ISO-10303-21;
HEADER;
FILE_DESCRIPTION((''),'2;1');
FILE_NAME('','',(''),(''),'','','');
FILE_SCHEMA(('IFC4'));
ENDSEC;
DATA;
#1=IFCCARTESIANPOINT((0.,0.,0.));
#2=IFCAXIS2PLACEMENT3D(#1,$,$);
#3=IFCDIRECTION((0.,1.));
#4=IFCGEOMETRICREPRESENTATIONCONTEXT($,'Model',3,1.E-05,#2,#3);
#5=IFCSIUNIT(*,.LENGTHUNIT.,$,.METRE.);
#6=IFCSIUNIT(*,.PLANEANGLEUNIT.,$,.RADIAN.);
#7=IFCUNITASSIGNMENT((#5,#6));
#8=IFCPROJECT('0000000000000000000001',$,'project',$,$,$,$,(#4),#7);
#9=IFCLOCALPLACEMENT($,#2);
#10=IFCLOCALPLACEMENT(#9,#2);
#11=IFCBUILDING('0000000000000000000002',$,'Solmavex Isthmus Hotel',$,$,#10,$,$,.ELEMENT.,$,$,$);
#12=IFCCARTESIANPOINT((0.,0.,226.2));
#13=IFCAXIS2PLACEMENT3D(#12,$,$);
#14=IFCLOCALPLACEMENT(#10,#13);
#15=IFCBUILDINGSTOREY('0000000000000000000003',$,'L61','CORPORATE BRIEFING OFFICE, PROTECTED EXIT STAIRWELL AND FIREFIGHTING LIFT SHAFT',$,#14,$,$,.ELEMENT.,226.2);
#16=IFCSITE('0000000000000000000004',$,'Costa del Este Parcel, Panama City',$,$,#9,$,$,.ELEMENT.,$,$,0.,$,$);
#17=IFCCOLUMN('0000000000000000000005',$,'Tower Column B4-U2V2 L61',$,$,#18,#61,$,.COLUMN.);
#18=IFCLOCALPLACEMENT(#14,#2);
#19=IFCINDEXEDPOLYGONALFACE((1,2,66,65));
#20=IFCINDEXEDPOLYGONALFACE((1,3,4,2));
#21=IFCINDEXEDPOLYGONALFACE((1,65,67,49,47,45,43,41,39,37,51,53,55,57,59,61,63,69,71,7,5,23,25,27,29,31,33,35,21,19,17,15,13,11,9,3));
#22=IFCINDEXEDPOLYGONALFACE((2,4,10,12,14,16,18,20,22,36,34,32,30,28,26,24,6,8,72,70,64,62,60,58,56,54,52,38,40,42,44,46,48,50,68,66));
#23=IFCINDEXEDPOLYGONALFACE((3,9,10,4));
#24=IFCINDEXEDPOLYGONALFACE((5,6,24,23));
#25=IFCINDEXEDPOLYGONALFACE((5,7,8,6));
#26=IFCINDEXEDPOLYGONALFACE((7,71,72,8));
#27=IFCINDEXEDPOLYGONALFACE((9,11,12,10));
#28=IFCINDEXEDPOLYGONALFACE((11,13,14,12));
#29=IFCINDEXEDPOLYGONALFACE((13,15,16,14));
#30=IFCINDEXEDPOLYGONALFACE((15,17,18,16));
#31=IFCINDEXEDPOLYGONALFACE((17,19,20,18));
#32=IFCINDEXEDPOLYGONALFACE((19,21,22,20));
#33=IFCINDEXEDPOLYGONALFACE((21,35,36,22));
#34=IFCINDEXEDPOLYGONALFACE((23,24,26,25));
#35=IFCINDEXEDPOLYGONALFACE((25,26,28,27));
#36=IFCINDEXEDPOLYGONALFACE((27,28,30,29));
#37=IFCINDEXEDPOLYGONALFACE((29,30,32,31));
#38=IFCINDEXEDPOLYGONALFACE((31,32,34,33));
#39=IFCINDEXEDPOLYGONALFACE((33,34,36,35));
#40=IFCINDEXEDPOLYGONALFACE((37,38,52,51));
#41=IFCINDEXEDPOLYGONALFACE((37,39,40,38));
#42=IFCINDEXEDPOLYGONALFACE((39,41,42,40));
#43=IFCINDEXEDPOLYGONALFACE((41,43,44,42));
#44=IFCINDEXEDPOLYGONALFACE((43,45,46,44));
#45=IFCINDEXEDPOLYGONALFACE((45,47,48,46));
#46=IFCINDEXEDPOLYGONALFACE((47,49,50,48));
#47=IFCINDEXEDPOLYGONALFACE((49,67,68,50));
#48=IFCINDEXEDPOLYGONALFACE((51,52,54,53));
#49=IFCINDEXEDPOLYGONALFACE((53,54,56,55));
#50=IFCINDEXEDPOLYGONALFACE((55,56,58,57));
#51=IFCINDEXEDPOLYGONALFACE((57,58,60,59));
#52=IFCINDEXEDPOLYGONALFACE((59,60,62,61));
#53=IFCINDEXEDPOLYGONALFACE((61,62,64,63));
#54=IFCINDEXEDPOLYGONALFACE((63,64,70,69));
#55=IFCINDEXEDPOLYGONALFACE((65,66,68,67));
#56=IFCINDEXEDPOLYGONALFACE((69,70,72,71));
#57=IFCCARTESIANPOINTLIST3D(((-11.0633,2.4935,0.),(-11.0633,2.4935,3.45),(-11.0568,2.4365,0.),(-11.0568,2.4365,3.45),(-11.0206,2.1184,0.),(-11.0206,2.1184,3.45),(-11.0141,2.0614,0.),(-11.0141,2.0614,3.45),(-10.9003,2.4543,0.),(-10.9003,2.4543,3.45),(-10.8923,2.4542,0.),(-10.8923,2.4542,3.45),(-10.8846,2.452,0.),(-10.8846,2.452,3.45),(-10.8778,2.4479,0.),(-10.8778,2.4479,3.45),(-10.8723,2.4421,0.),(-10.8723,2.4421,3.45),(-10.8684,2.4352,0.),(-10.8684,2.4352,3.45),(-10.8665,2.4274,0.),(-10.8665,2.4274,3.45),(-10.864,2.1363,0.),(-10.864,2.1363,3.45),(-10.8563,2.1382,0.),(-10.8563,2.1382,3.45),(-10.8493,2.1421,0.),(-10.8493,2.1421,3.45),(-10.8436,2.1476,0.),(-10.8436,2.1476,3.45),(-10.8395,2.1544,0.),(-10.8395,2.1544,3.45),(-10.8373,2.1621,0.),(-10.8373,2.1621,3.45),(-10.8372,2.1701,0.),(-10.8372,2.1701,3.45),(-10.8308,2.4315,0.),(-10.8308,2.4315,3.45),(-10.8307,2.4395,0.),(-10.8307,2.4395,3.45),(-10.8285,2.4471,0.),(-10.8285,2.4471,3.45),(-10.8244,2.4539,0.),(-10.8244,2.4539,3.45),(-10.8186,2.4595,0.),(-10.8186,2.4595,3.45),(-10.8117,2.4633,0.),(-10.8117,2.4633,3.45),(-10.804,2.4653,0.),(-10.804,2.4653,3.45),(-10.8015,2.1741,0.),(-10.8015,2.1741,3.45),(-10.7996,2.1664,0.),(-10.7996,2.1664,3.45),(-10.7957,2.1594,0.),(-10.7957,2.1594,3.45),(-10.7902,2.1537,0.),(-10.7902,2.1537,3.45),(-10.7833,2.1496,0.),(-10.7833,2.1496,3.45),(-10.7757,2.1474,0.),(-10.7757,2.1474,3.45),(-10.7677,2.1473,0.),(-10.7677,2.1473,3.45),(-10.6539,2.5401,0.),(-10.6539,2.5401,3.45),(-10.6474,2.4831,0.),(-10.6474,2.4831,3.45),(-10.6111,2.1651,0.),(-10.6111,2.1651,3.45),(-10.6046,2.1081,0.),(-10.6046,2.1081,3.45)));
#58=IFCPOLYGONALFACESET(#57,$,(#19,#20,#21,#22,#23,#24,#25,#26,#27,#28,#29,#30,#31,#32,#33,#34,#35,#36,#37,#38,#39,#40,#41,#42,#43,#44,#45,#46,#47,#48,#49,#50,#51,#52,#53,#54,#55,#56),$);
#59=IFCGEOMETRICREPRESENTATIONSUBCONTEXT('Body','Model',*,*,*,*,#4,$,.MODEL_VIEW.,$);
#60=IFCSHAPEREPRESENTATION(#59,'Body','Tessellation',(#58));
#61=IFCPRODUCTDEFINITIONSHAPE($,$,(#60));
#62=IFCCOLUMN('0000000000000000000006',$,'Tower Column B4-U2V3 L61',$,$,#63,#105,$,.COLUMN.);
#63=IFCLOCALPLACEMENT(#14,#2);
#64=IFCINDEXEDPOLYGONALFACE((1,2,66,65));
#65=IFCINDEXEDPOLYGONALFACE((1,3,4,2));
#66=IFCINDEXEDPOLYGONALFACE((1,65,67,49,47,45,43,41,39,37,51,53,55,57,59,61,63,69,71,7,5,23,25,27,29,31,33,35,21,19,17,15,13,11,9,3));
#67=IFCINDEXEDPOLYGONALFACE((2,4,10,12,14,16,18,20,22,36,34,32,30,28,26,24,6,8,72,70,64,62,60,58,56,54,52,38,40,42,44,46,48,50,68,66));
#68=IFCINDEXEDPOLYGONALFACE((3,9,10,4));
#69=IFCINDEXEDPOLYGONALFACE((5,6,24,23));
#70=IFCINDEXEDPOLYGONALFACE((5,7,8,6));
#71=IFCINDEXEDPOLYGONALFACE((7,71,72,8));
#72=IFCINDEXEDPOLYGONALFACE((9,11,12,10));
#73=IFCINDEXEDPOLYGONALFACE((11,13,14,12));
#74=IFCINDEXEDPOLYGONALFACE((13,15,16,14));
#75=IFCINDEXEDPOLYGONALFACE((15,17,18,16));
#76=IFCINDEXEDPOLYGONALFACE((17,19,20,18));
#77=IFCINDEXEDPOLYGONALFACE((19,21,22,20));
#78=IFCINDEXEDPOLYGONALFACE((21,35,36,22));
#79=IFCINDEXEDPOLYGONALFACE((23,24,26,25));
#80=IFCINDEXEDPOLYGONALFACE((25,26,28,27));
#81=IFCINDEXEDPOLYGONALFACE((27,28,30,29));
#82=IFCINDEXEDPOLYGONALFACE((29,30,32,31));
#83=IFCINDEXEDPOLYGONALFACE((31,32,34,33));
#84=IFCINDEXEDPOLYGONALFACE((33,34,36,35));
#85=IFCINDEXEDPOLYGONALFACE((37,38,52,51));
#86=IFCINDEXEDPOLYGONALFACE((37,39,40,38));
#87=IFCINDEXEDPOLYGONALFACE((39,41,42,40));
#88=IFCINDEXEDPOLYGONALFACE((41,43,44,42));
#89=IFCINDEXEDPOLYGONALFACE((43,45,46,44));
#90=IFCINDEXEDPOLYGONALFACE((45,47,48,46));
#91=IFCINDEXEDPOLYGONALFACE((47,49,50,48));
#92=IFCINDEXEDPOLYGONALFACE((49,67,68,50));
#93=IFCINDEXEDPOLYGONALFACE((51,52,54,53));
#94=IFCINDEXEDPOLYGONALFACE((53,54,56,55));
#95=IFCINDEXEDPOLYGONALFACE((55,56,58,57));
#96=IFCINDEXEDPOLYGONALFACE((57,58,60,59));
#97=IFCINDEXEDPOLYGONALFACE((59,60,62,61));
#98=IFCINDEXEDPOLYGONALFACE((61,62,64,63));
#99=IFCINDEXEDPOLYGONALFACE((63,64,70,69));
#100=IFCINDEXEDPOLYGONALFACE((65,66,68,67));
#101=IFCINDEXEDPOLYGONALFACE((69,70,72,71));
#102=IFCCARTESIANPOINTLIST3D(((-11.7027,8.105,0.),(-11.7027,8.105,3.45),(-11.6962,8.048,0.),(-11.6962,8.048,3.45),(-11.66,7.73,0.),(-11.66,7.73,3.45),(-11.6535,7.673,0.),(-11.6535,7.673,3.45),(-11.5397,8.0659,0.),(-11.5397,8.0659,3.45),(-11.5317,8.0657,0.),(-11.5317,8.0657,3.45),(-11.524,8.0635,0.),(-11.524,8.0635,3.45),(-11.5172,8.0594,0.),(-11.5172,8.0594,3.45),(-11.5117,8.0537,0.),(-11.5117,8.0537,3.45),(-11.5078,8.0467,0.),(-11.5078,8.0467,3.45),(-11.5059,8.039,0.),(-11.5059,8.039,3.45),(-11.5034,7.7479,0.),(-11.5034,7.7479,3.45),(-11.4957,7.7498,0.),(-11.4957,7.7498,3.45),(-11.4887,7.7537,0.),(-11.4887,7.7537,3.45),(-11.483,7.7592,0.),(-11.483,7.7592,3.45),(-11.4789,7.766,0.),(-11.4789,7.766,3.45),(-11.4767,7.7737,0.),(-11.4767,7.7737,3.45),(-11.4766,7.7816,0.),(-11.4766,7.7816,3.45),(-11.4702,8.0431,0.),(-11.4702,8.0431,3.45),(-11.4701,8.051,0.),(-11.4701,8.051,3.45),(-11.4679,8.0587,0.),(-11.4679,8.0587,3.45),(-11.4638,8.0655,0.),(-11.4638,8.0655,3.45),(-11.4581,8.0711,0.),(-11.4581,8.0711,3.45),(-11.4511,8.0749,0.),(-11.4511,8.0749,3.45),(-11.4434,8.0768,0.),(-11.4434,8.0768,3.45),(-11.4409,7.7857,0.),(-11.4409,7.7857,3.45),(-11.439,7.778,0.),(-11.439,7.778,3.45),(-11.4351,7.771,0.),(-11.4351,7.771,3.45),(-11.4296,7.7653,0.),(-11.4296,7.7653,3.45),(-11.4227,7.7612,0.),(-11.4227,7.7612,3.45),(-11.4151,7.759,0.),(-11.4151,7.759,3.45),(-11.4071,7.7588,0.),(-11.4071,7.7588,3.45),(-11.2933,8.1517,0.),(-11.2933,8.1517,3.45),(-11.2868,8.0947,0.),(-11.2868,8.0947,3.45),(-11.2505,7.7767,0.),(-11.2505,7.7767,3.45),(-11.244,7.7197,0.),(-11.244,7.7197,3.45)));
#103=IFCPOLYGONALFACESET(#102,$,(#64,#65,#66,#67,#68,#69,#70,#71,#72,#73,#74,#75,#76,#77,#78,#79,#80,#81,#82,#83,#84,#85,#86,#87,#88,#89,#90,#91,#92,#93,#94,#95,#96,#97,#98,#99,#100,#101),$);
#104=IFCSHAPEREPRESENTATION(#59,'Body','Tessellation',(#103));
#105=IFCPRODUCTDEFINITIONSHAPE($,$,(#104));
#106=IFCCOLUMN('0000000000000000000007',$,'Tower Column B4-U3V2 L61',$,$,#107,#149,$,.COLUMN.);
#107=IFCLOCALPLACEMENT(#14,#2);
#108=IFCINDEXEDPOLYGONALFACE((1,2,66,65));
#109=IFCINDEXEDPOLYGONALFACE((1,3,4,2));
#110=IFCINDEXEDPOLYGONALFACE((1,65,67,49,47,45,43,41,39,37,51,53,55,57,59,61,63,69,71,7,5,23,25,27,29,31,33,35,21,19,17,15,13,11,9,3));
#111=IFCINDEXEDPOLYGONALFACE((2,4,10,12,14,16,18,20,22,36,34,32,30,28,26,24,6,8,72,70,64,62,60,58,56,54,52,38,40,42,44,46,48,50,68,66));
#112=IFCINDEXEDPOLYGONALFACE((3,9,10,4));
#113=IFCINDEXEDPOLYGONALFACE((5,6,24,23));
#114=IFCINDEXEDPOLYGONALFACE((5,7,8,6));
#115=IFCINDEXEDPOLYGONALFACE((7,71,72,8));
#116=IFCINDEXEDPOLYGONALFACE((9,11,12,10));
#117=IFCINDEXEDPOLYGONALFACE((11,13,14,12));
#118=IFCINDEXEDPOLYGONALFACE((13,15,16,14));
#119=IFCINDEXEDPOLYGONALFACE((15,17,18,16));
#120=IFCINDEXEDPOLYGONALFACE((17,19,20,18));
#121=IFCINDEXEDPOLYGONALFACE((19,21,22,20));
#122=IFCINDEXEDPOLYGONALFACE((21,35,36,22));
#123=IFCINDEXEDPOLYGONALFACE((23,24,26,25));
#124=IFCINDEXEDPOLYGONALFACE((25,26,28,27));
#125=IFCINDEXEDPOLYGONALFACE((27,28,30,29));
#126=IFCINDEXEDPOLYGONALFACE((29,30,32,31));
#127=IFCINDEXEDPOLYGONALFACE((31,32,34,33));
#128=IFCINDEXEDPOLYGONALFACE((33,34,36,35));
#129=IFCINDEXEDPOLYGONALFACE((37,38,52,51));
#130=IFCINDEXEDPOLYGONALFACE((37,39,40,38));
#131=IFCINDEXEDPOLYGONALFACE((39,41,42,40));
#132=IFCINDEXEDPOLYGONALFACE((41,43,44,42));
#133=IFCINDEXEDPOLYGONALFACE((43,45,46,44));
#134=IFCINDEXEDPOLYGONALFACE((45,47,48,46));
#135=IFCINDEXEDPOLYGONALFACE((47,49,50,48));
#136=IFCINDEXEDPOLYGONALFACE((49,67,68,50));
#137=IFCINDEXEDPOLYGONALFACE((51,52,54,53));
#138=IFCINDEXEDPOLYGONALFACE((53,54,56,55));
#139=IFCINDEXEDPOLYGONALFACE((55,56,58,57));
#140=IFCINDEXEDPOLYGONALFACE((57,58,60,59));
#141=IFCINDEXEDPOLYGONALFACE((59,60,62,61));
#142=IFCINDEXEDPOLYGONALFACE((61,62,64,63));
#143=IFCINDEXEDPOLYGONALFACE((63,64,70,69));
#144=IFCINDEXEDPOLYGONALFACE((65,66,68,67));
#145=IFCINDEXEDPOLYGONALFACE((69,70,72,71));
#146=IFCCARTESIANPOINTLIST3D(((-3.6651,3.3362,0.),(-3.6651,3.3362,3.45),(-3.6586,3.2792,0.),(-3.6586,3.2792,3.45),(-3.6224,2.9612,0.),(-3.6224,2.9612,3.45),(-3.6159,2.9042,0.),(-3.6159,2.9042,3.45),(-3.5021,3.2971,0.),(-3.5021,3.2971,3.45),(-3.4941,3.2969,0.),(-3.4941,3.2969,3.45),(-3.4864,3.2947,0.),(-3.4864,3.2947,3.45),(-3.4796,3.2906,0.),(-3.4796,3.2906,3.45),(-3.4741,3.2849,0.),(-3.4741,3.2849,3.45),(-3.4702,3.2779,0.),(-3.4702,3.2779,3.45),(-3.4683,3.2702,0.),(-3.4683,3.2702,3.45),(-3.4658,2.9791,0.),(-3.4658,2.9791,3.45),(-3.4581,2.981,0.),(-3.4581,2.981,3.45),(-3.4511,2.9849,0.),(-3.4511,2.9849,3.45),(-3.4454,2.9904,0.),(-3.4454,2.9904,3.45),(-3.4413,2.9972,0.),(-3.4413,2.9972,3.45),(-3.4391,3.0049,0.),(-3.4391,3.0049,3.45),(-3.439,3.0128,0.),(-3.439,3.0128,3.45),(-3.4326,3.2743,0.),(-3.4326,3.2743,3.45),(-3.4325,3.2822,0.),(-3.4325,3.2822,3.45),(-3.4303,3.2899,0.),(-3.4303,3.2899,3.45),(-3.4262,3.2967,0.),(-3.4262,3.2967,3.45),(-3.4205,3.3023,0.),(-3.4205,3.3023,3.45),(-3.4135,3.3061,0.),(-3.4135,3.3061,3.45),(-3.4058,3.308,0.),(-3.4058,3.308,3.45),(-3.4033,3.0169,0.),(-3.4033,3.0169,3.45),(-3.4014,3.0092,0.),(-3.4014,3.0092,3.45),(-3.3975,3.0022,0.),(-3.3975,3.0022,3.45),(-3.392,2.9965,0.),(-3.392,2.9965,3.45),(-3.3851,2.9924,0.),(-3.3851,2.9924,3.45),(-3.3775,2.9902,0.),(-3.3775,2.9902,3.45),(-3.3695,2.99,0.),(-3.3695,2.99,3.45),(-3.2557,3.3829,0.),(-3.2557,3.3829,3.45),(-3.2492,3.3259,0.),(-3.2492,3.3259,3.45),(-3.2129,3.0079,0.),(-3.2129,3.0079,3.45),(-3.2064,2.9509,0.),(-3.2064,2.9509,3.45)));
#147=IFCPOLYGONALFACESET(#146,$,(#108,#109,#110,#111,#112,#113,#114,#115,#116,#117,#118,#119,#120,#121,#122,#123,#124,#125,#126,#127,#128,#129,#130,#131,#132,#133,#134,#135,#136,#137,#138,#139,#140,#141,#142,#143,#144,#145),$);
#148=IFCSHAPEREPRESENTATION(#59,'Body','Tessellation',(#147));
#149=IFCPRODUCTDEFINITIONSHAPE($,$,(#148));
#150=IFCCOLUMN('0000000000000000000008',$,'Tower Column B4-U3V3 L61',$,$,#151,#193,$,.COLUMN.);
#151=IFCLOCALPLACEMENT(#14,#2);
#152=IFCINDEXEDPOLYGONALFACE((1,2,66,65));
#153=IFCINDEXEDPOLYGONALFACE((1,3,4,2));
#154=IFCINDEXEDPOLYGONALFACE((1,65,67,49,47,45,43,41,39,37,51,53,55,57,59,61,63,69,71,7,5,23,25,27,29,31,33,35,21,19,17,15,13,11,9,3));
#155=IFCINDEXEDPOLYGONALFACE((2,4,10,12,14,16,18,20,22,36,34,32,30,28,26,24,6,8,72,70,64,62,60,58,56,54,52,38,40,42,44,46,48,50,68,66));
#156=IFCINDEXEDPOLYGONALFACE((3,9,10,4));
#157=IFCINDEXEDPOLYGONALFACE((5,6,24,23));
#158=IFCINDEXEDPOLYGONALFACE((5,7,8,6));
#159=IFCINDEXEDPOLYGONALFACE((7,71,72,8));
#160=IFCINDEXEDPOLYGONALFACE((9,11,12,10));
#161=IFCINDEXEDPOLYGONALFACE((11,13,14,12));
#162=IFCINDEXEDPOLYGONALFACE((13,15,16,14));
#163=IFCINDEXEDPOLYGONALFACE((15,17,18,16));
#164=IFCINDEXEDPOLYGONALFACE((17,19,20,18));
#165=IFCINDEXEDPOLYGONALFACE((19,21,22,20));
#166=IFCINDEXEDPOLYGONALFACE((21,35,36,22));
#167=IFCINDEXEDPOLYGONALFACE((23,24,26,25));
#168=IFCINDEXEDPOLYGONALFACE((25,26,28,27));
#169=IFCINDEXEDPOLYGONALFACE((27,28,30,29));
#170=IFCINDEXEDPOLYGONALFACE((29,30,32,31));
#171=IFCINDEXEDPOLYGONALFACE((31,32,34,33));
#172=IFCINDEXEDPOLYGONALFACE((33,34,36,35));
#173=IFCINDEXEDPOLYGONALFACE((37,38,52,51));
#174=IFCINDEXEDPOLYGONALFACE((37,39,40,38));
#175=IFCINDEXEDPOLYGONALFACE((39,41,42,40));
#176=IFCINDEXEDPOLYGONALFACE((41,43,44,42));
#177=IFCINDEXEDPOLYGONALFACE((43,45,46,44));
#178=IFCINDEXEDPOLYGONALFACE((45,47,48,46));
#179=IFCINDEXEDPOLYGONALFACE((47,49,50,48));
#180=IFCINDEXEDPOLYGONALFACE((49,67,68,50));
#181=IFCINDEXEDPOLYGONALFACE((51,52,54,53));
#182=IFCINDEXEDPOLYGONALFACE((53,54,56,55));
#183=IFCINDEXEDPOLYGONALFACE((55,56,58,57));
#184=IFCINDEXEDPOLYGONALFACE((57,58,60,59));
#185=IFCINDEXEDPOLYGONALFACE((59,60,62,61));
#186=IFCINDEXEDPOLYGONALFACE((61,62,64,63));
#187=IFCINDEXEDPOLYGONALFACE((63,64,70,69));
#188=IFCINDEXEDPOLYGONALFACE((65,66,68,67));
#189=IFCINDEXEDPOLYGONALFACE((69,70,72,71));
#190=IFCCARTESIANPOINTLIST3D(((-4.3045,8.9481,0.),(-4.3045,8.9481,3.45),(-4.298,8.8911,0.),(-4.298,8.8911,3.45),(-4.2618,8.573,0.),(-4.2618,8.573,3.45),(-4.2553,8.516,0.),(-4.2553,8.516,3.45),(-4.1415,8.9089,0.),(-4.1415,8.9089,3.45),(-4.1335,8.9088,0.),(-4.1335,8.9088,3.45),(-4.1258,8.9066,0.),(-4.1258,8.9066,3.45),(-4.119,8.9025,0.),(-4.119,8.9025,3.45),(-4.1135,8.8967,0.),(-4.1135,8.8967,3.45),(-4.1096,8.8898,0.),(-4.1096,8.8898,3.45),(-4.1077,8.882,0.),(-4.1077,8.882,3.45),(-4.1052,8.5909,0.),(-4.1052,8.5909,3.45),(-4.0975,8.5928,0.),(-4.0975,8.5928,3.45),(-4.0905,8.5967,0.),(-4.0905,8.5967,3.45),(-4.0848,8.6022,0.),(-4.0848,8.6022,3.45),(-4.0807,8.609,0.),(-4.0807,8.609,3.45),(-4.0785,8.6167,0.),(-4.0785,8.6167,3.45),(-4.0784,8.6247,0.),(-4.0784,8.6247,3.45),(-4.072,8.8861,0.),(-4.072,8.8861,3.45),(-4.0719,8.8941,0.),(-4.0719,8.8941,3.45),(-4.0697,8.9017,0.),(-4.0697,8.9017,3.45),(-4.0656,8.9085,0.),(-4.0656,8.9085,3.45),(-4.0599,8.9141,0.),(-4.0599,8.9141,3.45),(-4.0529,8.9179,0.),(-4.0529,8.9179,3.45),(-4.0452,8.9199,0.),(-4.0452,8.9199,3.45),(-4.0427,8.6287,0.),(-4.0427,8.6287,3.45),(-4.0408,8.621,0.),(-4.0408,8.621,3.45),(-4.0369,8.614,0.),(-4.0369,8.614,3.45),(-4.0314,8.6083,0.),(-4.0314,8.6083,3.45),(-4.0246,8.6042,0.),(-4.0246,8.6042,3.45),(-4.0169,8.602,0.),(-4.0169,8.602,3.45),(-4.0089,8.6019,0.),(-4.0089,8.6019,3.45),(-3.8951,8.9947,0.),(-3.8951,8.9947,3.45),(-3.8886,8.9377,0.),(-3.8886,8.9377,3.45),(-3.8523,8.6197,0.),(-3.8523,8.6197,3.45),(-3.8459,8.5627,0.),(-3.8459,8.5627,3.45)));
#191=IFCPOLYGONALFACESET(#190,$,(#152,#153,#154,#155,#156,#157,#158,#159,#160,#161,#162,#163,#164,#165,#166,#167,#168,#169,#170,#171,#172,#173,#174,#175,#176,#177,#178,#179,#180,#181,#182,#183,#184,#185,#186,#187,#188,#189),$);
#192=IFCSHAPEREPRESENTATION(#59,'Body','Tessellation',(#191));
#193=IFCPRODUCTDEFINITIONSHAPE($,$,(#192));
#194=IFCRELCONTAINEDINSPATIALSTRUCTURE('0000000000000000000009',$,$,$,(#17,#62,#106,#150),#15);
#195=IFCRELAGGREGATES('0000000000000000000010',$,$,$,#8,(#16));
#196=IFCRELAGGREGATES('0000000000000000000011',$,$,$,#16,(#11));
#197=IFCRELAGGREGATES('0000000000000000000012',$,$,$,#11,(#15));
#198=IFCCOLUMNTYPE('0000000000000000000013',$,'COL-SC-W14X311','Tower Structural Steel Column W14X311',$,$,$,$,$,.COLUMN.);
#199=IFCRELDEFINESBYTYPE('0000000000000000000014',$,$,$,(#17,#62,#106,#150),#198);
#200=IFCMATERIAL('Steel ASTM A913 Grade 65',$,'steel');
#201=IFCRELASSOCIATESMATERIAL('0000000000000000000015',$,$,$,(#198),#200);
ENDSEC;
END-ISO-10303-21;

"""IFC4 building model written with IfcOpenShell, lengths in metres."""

from ifc_helpers import new_model, si_unit, direction, frame, origin, origin_2d, place, context, subcontext, project, spatial, i_section, extrude, material, material_profile, profile_set, type_object, element, save


model = new_model("IFC4")

# Units and contexts
model_context = context("Model", 3, precision=1e-05, world=origin(), true_north=direction((0.0, 1.0)))
body_context = subcontext(model_context, "Body", "Model", "MODEL_VIEW")
ifc_project = project(units=[si_unit("LENGTHUNIT", "METRE"), si_unit("PLANEANGLEUNIT", "RADIAN")], contexts=[model_context])

# Site, building, storey
site_placement = place(None, origin())
site = spatial("IfcSite", under=ifc_project, at=site_placement, Name="Costa del Este Parcel, Panama City", CompositionType="ELEMENT", RefElevation=0.0)
building_placement = place(site_placement, origin())
building = spatial("IfcBuilding", under=site, at=building_placement, Name="Solmavex Isthmus Hotel", CompositionType="ELEMENT")
storey_placement = place(building_placement, frame((0.0, 0.0, 226.2)))
storey = spatial("IfcBuildingStorey", under=building, at=storey_placement, Name="L61", Description="CORPORATE BRIEFING OFFICE, PROTECTED EXIT STAIRWELL AND FIREFIGHTING LIFT SHAFT", CompositionType="ELEMENT", Elevation=226.2)

# Columns
ifc_material_1 = material(Name="Steel ASTM A913 Grade 65", Category="steel")
ifc_material_profile_1 = material_profile(ifc_material_1, i_section(OverallWidth=0.4121, OverallDepth=0.4348, WebThickness=0.0359, FlangeThickness=0.0574, FilletRadius=0.0305, at=origin_2d()), Name="W14X311")
ifc_profile_set_1 = profile_set([ifc_material_profile_1], Name="Steel ASTM A913 Grade 65")
column_type_1 = type_object("IfcColumnType", Name="COL-SC-W14X311", Description="Tower Structural Steel Column W14X311", PredefinedType="COLUMN", material=ifc_profile_set_1)
for number, where, z_axis, x_axis, name in (
    (1, (-10.834, 2.3008, 0.0), (0.0, 0.0, 1.0), (0.993572, 0.113203, 0.0), "Tower Column B4-U2V2 L61"),
    (2, (-11.4734, 7.9124, 0.0), (0.0, 0.0, 1.0), (0.993572, 0.113203, 0.0), "Tower Column B4-U2V3 L61"),
    (3, (-3.4358, 3.1436, 0.0), (0.0, 0.0, 1.0), (0.993572, 0.113203, 0.0), "Tower Column B4-U3V2 L61"),
    (4, (-4.0752, 8.7554, 0.0), (0.0, 0.0, 1.0), (0.993572, 0.113203, 0.0), "Tower Column B4-U3V3 L61"),
):
    element("IfcColumn", number, at=place(storey_placement, frame(where, z_axis=z_axis, x_axis=x_axis)), inside=storey, type_object=column_type_1, Name=name, PredefinedType="COLUMN", context=body_context, shape_type="SweptSolid", body=[
        extrude(i_section(OverallWidth=0.4121, OverallDepth=0.4348, WebThickness=0.0359, FlangeThickness=0.0574, FilletRadius=0.0305, at=origin_2d()), origin(), (0.0, 0.0, 1.0), 3.45),
    ])

save(model, "model.ifc")
